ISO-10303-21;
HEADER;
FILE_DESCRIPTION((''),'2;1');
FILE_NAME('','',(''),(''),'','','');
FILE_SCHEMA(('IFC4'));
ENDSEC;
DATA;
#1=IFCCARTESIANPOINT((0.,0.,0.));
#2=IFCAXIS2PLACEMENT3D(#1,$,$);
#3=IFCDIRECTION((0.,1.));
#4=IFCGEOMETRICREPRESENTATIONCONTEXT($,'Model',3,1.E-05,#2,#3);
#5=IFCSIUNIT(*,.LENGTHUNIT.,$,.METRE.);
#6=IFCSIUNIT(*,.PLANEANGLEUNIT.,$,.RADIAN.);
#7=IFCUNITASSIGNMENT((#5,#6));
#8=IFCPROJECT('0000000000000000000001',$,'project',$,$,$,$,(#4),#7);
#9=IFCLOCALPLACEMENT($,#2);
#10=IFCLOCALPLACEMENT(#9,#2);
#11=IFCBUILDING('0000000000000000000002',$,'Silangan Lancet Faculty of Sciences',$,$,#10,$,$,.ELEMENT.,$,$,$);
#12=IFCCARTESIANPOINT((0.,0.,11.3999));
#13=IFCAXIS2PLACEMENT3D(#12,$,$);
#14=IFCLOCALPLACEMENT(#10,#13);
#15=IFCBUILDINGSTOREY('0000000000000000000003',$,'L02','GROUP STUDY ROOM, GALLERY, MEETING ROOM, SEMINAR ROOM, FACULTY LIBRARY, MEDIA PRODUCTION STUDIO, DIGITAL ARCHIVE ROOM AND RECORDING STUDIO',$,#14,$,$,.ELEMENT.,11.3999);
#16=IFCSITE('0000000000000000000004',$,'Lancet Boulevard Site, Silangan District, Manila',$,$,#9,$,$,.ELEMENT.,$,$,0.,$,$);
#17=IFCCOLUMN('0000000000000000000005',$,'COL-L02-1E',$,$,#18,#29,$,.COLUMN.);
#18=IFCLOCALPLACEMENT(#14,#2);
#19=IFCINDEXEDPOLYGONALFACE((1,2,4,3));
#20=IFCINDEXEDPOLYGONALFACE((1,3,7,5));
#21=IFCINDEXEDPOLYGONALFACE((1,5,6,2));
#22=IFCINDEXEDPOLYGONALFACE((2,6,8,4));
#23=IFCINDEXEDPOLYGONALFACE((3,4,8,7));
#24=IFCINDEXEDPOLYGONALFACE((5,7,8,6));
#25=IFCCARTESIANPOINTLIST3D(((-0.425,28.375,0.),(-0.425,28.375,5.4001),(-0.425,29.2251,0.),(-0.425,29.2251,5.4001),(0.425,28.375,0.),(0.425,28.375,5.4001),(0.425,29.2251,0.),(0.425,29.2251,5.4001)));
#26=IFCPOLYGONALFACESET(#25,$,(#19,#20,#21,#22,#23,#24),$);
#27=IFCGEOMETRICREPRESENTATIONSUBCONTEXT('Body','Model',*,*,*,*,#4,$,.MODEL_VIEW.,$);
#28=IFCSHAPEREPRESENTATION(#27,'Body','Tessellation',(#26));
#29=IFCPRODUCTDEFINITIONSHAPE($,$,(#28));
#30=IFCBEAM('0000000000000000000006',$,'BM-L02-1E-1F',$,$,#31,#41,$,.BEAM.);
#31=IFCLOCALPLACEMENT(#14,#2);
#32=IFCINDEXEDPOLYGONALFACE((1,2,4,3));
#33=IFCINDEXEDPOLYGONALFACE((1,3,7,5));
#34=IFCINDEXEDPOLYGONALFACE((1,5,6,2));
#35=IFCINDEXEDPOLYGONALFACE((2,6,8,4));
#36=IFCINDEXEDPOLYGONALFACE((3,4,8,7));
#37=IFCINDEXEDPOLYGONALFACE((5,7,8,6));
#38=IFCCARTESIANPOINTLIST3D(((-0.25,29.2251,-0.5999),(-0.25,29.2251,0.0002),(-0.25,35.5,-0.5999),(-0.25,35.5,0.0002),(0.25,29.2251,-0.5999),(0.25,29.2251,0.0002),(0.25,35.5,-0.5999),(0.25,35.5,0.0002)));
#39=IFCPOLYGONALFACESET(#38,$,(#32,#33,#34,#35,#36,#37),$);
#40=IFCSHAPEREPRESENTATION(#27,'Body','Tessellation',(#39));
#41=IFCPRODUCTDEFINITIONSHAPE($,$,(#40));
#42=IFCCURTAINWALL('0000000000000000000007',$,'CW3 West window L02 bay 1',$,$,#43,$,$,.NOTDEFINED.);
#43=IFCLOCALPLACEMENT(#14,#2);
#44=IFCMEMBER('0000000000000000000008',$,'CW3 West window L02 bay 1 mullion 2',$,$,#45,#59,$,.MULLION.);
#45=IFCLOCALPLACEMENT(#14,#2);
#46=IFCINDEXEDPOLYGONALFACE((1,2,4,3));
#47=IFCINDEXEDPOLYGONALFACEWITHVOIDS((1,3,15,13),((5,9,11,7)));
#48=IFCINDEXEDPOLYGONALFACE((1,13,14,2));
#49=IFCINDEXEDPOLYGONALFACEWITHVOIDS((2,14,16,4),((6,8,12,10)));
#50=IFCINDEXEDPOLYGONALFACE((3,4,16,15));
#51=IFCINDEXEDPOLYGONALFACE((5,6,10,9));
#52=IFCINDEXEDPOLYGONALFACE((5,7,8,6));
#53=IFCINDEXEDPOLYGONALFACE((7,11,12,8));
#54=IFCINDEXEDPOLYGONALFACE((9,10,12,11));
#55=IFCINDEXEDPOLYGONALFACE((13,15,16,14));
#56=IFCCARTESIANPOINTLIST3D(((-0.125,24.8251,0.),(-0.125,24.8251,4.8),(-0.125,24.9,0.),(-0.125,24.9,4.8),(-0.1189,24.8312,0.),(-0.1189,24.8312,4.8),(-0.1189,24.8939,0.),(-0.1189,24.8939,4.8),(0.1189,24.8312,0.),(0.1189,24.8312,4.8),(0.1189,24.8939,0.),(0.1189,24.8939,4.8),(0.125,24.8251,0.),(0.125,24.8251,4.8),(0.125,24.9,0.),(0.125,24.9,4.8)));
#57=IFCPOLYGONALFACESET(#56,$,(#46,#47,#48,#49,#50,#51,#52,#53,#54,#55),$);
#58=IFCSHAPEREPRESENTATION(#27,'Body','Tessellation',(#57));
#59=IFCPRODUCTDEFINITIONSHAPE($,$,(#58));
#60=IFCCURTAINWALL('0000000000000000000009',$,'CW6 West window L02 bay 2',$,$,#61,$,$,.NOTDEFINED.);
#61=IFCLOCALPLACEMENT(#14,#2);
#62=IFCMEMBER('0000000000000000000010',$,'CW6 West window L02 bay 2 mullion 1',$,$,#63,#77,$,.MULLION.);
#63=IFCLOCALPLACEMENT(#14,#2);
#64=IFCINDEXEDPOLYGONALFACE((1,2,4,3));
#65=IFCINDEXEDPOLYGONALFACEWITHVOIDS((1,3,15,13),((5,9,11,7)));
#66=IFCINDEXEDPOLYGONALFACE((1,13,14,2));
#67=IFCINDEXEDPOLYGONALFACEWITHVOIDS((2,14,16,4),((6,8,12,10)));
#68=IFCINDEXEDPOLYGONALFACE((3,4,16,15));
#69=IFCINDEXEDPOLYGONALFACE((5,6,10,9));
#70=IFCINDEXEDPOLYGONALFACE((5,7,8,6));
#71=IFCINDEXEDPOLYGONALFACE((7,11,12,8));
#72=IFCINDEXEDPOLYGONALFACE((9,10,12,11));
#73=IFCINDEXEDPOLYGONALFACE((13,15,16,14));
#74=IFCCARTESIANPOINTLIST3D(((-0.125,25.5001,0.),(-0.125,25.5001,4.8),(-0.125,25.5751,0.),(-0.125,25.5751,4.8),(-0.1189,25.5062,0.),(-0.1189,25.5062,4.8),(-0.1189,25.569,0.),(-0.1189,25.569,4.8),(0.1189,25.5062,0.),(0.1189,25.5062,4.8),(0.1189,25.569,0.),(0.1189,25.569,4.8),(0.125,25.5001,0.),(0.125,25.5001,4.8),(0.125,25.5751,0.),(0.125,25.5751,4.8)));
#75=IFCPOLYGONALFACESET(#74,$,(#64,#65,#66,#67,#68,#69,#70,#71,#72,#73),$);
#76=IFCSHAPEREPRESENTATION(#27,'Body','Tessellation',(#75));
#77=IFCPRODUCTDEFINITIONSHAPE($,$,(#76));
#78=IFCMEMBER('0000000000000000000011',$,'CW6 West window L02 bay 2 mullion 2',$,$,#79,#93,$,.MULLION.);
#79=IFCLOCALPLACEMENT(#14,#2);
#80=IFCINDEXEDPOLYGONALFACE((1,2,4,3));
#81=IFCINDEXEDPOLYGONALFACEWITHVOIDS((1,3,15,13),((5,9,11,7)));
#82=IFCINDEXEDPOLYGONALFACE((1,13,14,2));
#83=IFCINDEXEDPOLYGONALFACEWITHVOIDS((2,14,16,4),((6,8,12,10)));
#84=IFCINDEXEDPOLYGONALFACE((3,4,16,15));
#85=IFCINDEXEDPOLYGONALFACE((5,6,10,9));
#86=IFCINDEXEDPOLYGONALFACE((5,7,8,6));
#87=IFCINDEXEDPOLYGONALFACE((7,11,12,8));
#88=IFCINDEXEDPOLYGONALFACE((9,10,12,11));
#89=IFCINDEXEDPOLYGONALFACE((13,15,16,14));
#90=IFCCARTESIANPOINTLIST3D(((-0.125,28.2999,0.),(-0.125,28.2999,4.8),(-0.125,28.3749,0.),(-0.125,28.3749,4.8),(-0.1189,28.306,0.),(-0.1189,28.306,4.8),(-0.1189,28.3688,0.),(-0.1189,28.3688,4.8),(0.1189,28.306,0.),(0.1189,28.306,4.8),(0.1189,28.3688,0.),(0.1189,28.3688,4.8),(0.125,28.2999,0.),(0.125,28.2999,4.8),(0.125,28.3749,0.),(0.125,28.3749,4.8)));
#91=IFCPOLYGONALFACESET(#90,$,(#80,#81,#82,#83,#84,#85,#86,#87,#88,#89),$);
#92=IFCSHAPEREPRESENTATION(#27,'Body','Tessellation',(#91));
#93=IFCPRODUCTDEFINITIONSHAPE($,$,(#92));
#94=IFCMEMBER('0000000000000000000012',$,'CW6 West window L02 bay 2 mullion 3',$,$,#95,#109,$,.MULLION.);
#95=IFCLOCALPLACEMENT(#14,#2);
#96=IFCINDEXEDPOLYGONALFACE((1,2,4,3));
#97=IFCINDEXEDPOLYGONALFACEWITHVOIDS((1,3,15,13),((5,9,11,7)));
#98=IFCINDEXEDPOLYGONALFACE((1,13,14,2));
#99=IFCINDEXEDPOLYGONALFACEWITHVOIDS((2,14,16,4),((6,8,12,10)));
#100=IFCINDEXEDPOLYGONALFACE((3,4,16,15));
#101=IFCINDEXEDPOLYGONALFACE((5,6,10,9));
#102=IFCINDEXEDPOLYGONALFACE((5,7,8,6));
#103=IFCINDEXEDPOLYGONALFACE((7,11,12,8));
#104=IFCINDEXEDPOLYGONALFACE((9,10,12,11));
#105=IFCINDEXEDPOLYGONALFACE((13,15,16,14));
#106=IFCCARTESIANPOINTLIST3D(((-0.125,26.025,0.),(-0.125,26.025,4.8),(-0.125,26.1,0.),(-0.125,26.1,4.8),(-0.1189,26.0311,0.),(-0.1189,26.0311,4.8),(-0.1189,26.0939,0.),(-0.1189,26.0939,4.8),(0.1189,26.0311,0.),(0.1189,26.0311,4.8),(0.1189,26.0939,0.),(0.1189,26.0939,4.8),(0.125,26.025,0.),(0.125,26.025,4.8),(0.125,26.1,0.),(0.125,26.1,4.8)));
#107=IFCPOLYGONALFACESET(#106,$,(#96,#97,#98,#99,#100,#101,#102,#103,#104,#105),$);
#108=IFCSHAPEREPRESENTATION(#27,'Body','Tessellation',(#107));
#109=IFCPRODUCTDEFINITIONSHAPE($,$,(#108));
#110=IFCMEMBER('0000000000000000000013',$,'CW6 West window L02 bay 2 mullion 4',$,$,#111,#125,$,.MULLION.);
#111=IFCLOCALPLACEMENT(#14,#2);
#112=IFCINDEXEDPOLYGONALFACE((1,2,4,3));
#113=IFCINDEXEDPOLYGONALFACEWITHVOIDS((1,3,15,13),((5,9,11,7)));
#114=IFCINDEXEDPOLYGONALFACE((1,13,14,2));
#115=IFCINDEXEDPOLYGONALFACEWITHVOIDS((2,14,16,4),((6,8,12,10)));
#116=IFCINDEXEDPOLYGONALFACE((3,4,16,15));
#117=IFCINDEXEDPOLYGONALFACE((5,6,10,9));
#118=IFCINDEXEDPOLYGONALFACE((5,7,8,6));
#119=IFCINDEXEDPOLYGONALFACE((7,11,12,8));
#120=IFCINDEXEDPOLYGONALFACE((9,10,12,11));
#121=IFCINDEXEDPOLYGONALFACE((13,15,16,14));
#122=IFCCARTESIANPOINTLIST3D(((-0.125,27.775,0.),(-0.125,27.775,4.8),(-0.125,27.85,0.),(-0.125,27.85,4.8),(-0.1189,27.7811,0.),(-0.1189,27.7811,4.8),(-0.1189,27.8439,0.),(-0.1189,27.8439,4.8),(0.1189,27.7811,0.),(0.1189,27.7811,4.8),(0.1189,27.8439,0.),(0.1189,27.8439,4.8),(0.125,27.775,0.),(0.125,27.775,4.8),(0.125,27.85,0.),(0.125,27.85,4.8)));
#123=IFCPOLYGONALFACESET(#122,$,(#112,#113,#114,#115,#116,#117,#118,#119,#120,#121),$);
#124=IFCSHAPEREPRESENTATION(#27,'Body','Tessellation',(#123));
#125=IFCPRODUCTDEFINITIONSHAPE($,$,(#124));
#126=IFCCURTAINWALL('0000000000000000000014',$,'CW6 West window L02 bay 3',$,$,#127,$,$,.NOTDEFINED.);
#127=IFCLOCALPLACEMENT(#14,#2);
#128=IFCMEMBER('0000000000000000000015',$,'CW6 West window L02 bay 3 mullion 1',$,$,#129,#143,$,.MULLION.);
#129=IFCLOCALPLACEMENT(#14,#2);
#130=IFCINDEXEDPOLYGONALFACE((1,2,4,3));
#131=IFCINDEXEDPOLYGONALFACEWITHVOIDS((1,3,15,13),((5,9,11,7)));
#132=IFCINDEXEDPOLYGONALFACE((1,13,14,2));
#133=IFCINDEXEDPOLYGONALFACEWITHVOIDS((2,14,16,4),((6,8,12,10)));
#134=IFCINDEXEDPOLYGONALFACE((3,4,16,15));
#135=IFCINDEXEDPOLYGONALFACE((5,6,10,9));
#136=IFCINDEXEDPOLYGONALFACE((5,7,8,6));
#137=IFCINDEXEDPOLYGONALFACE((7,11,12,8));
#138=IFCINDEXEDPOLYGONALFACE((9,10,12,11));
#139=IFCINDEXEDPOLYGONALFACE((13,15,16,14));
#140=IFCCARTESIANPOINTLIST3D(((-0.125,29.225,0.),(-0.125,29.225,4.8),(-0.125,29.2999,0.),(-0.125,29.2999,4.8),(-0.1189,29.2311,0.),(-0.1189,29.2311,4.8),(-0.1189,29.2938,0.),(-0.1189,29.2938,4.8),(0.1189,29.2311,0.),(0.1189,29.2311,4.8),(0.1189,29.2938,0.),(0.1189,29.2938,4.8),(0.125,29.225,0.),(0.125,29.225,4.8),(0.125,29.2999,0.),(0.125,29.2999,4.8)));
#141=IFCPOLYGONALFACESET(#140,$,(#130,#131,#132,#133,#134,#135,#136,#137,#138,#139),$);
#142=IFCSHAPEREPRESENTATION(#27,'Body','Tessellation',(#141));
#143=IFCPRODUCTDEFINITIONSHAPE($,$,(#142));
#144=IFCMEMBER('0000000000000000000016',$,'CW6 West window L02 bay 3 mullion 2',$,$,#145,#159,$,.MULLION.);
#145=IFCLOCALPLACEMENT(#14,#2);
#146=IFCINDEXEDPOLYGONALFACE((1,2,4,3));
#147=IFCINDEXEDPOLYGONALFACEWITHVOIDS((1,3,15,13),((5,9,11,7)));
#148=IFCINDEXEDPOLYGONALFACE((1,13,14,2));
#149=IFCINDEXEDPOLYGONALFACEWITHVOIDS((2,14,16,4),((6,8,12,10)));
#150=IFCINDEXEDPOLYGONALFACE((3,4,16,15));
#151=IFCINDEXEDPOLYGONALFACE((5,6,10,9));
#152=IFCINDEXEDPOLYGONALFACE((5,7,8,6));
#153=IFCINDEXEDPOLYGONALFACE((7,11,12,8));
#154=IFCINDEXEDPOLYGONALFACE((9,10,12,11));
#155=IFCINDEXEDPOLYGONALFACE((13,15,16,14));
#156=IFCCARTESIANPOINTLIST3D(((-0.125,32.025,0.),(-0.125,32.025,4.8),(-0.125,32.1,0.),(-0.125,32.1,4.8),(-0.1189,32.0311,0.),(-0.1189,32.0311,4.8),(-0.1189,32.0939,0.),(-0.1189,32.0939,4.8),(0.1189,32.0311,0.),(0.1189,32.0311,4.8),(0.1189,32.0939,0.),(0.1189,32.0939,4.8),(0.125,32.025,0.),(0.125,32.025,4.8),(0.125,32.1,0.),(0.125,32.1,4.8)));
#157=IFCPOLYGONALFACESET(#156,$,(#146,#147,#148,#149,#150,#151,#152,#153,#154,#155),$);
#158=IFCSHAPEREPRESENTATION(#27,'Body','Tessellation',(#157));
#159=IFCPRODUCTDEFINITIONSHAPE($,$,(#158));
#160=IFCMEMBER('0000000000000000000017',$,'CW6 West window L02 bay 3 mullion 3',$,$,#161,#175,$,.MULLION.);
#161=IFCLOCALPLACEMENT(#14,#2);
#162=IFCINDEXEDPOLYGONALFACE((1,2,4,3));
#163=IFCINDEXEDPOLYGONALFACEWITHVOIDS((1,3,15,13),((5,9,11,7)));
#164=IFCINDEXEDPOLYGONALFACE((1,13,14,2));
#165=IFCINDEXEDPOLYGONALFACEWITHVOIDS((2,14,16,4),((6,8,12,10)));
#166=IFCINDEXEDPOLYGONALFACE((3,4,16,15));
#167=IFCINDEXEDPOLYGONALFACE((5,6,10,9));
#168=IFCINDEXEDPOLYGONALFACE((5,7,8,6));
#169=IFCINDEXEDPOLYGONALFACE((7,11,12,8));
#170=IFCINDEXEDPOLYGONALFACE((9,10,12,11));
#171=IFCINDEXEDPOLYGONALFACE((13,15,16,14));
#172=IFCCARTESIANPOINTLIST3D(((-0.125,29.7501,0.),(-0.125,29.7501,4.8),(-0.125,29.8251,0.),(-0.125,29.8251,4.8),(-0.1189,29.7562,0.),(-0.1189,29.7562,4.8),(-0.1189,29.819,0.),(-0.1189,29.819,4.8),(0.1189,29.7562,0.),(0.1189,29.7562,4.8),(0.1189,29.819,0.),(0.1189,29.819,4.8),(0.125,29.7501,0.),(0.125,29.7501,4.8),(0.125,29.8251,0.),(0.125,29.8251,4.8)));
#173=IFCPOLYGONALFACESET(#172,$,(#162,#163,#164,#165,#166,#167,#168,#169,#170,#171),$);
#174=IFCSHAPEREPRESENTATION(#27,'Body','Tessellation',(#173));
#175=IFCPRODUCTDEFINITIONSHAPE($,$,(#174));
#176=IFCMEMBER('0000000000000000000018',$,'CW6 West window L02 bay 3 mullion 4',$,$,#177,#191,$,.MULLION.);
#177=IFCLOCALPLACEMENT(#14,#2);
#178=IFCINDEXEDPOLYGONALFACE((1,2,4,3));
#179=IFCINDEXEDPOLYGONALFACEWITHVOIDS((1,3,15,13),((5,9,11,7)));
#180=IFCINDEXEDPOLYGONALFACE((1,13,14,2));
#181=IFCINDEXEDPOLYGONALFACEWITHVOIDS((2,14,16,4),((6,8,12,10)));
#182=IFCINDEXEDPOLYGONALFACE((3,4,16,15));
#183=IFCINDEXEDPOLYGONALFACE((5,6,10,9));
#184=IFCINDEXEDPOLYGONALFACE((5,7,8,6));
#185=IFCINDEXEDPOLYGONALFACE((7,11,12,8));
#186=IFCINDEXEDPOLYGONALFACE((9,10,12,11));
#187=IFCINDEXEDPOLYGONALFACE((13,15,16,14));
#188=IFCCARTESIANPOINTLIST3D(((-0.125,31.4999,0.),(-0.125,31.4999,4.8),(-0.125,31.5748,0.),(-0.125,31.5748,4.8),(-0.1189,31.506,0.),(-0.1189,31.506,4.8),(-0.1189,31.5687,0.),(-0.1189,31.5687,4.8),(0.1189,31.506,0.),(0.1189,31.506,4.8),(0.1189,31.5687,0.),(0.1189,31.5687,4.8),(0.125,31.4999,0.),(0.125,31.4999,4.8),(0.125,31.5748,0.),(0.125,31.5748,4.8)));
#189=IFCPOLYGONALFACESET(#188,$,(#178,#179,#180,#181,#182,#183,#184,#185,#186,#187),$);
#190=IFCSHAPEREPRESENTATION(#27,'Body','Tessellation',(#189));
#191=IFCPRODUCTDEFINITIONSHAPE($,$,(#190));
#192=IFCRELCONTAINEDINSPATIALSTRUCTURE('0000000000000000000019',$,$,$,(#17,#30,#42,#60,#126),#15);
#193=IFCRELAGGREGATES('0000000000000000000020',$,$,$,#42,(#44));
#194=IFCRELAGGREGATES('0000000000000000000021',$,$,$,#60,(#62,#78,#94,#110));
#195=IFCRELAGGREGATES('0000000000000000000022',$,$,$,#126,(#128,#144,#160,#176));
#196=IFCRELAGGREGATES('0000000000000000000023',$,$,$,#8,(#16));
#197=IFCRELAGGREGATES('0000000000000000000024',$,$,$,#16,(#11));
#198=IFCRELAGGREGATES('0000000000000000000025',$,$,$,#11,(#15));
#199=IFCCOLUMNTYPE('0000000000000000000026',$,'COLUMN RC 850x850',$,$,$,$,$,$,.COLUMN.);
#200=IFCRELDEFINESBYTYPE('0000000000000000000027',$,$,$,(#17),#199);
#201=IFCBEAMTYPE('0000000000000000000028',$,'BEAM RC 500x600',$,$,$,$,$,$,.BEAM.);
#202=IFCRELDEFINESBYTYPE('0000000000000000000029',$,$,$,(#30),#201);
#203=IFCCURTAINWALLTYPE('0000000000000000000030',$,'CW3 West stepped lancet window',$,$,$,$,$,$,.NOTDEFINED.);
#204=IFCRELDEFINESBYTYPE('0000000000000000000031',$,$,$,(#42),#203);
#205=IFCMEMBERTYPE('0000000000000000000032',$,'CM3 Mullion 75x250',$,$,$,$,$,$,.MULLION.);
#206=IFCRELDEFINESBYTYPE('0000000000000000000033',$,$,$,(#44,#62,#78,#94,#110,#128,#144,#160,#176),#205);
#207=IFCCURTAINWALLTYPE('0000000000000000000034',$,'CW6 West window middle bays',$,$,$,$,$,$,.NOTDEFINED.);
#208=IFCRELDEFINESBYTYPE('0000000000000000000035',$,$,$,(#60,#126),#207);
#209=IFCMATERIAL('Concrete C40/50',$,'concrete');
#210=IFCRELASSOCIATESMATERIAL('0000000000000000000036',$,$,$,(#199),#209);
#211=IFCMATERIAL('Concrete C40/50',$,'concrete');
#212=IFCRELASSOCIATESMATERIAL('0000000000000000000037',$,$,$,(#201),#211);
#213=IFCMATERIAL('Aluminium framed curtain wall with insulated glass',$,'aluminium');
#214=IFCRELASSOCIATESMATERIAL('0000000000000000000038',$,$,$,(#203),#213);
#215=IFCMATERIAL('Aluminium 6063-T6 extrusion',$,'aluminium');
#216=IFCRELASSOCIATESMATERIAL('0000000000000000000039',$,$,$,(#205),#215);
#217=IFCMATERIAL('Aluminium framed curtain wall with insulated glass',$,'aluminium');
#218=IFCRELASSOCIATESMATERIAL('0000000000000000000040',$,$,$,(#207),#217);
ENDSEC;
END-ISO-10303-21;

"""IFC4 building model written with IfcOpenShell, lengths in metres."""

from ifc_helpers import new_model, si_unit, direction, frame, origin, origin_2d, place, context, subcontext, project, spatial, rectangle, hollow_rectangle, extrude, material, material_profile, profile_set, type_object, element, aggregate, save


model = new_model("IFC4")

# Units and contexts
model_context = context("Model", 3, precision=1e-05, world=origin(), true_north=direction((0.0, 1.0)))
body_context = subcontext(model_context, "Body", "Model", "MODEL_VIEW")
ifc_project = project(units=[si_unit("LENGTHUNIT", "METRE"), si_unit("PLANEANGLEUNIT", "RADIAN")], contexts=[model_context])

# Site, building, storey
site_placement = place(None, origin())
site = spatial("IfcSite", under=ifc_project, at=site_placement, Name="Lancet Boulevard Site, Silangan District, Manila", CompositionType="ELEMENT", RefElevation=0.0)
building_placement = place(site_placement, origin())
building = spatial("IfcBuilding", under=site, at=building_placement, Name="Silangan Lancet Faculty of Sciences", CompositionType="ELEMENT")
storey_placement = place(building_placement, frame((0.0, 0.0, 11.3999)))
storey = spatial("IfcBuildingStorey", under=building, at=storey_placement, Name="L02", Description="GROUP STUDY ROOM, GALLERY, MEETING ROOM, SEMINAR ROOM, FACULTY LIBRARY, MEDIA PRODUCTION STUDIO, DIGITAL ARCHIVE ROOM AND RECORDING STUDIO", CompositionType="ELEMENT", Elevation=11.3999)

# Column
ifc_material_1 = material(Name="Concrete C40/50", Category="concrete")
ifc_material_profile_1 = material_profile(ifc_material_1, rectangle(XDim=0.8501, YDim=0.8501, at=origin_2d()), Name="RC 850x850")
ifc_profile_set_1 = profile_set([ifc_material_profile_1], Name="Concrete C40/50")
column_type = type_object("IfcColumnType", Name="COLUMN RC 850x850", PredefinedType="COLUMN", material=ifc_profile_set_1)
column_placement = place(storey_placement, frame((0.0, 28.8, 0.0), z_axis=(0.0, 0.0, 1.0), x_axis=(1.0, 0.0, 0.0)))
element("IfcColumn", 1, at=column_placement, inside=storey, type_object=column_type, Name="COL-L02-1E", PredefinedType="COLUMN", context=body_context, shape_type="SweptSolid", body=[
    extrude(rectangle(XDim=0.8501, YDim=0.8501, at=origin_2d()), origin(), (0.0, 0.0, 1.0), 5.4001),
])

# Beam
ifc_material_2 = material(Name="Concrete C40/50", Category="concrete")
ifc_material_profile_2 = material_profile(ifc_material_2, rectangle(XDim=0.5, YDim=0.6001, at=origin_2d()), Name="RC 500x600")
ifc_profile_set_2 = profile_set([ifc_material_profile_2], Name="Concrete C40/50")
beam_type = type_object("IfcBeamType", Name="BEAM RC 500x600", PredefinedType="BEAM", material=ifc_profile_set_2)
beam_placement = place(storey_placement, frame((0.0, 29.2251, -0.2998), z_axis=(0.0, 1.0, 0.0), x_axis=(-1.0, 0.0, 0.0)))
element("IfcBeam", 2, at=beam_placement, inside=storey, type_object=beam_type, Name="BM-L02-1E-1F", PredefinedType="BEAM", context=body_context, shape_type="SweptSolid", body=[
    extrude(rectangle(XDim=0.5, YDim=0.6001, at=origin_2d()), origin(), (0.0, 0.0, 1.0), 6.2749),
])

# Curtain wall, member
ifc_material_3 = material(Name="Aluminium framed curtain wall with insulated glass", Category="aluminium")
curtain_wall_type_1 = type_object("IfcCurtainWallType", Name="CW3 West stepped lancet window", PredefinedType="NOTDEFINED", material=ifc_material_3)
curtain_wall_1_placement = place(storey_placement, origin())
curtain_wall_1 = element("IfcCurtainWall", 3, at=curtain_wall_1_placement, inside=storey, type_object=curtain_wall_type_1, Name="CW3 West window L02 bay 1", PredefinedType="NOTDEFINED")
ifc_material_4 = material(Name="Aluminium 6063-T6 extrusion", Category="aluminium")
ifc_material_profile_3 = material_profile(ifc_material_4, hollow_rectangle(XDim=0.075, YDim=0.25, WallThickness=0.0061, at=origin_2d()), Name="AL BOX 75x250x6")
ifc_profile_set_3 = profile_set([ifc_material_profile_3], Name="Aluminium 6063-T6 extrusion")
member_type_1 = type_object("IfcMemberType", Name="CM3 Mullion 75x250", PredefinedType="MULLION", material=ifc_profile_set_3)
member_1_placement = place(storey_placement, frame((0.0, 24.8625, 0.0), z_axis=(0.0, 0.0, 1.0), x_axis=(0.0, 1.0, 0.0)))
member_1 = element("IfcMember", 4, at=member_1_placement, type_object=member_type_1, Name="CW3 West window L02 bay 1 mullion 2", PredefinedType="MULLION", context=body_context, shape_type="SweptSolid", body=[
    extrude(hollow_rectangle(XDim=0.075, YDim=0.25, WallThickness=0.0061, at=origin_2d()), origin(), (0.0, 0.0, 1.0), 4.8),
])
aggregate(curtain_wall_1, [member_1])

# Curtain walls, members
ifc_material_5 = material(Name="Aluminium framed curtain wall with insulated glass", Category="aluminium")
curtain_wall_type_2 = type_object("IfcCurtainWallType", Name="CW6 West window middle bays", PredefinedType="NOTDEFINED", material=ifc_material_5)
curtain_wall_2_placement = place(storey_placement, origin())
curtain_wall_2 = element("IfcCurtainWall", 5, at=curtain_wall_2_placement, inside=storey, type_object=curtain_wall_type_2, Name="CW6 West window L02 bay 2", PredefinedType="NOTDEFINED")
member_2_placement = place(storey_placement, frame((0.0, 25.5376, 0.0), z_axis=(0.0, 0.0, 1.0), x_axis=(0.0, 1.0, 0.0)))
member_2 = element("IfcMember", 6, at=member_2_placement, type_object=member_type_1, Name="CW6 West window L02 bay 2 mullion 1", PredefinedType="MULLION", context=body_context, shape_type="SweptSolid", body=[
    extrude(hollow_rectangle(XDim=0.075, YDim=0.25, WallThickness=0.0061, at=origin_2d()), origin(), (0.0, 0.0, 1.0), 4.8),
])
member_3_placement = place(storey_placement, frame((0.0, 28.3374, 0.0), z_axis=(0.0, 0.0, 1.0), x_axis=(0.0, 1.0, 0.0)))
member_3 = element("IfcMember", 7, at=member_3_placement, type_object=member_type_1, Name="CW6 West window L02 bay 2 mullion 2", PredefinedType="MULLION", context=body_context, shape_type="SweptSolid", body=[
    extrude(hollow_rectangle(XDim=0.075, YDim=0.25, WallThickness=0.0061, at=origin_2d()), origin(), (0.0, 0.0, 1.0), 4.8),
])
member_4_placement = place(storey_placement, frame((0.0, 26.0625, 0.0), z_axis=(0.0, 0.0, 1.0), x_axis=(0.0, 1.0, 0.0)))
member_4 = element("IfcMember", 8, at=member_4_placement, type_object=member_type_1, Name="CW6 West window L02 bay 2 mullion 3", PredefinedType="MULLION", context=body_context, shape_type="SweptSolid", body=[
    extrude(hollow_rectangle(XDim=0.075, YDim=0.25, WallThickness=0.0061, at=origin_2d()), origin(), (0.0, 0.0, 1.0), 4.8),
])
member_5_placement = place(storey_placement, frame((0.0, 27.8125, 0.0), z_axis=(0.0, 0.0, 1.0), x_axis=(0.0, 1.0, 0.0)))
member_5 = element("IfcMember", 9, at=member_5_placement, type_object=member_type_1, Name="CW6 West window L02 bay 2 mullion 4", PredefinedType="MULLION", context=body_context, shape_type="SweptSolid", body=[
    extrude(hollow_rectangle(XDim=0.075, YDim=0.25, WallThickness=0.0061, at=origin_2d()), origin(), (0.0, 0.0, 1.0), 4.8),
])
curtain_wall_3_placement = place(storey_placement, origin())
curtain_wall_3 = element("IfcCurtainWall", 10, at=curtain_wall_3_placement, inside=storey, type_object=curtain_wall_type_2, Name="CW6 West window L02 bay 3", PredefinedType="NOTDEFINED")
member_6_placement = place(storey_placement, frame((0.0, 29.2625, 0.0), z_axis=(0.0, 0.0, 1.0), x_axis=(0.0, 1.0, 0.0)))
member_6 = element("IfcMember", 11, at=member_6_placement, type_object=member_type_1, Name="CW6 West window L02 bay 3 mullion 1", PredefinedType="MULLION", context=body_context, shape_type="SweptSolid", body=[
    extrude(hollow_rectangle(XDim=0.075, YDim=0.25, WallThickness=0.0061, at=origin_2d()), origin(), (0.0, 0.0, 1.0), 4.8),
])
member_7_placement = place(storey_placement, frame((0.0, 32.0625, 0.0), z_axis=(0.0, 0.0, 1.0), x_axis=(0.0, 1.0, 0.0)))
member_7 = element("IfcMember", 12, at=member_7_placement, type_object=member_type_1, Name="CW6 West window L02 bay 3 mullion 2", PredefinedType="MULLION", context=body_context, shape_type="SweptSolid", body=[
    extrude(hollow_rectangle(XDim=0.075, YDim=0.25, WallThickness=0.0061, at=origin_2d()), origin(), (0.0, 0.0, 1.0), 4.8),
])
member_8_placement = place(storey_placement, frame((0.0, 29.7876, 0.0), z_axis=(0.0, 0.0, 1.0), x_axis=(0.0, 1.0, 0.0)))
member_8 = element("IfcMember", 13, at=member_8_placement, type_object=member_type_1, Name="CW6 West window L02 bay 3 mullion 3", PredefinedType="MULLION", context=body_context, shape_type="SweptSolid", body=[
    extrude(hollow_rectangle(XDim=0.075, YDim=0.25, WallThickness=0.0061, at=origin_2d()), origin(), (0.0, 0.0, 1.0), 4.8),
])
member_9_placement = place(storey_placement, frame((0.0, 31.5374, 0.0), z_axis=(0.0, 0.0, 1.0), x_axis=(0.0, 1.0, 0.0)))
member_9 = element("IfcMember", 14, at=member_9_placement, type_object=member_type_1, Name="CW6 West window L02 bay 3 mullion 4", PredefinedType="MULLION", context=body_context, shape_type="SweptSolid", body=[
    extrude(hollow_rectangle(XDim=0.075, YDim=0.25, WallThickness=0.0061, at=origin_2d()), origin(), (0.0, 0.0, 1.0), 4.8),
])

aggregate(curtain_wall_2, [member_2, member_3, member_4, member_5])
aggregate(curtain_wall_3, [member_6, member_7, member_8, member_9])

save(model, "model.ifc")
